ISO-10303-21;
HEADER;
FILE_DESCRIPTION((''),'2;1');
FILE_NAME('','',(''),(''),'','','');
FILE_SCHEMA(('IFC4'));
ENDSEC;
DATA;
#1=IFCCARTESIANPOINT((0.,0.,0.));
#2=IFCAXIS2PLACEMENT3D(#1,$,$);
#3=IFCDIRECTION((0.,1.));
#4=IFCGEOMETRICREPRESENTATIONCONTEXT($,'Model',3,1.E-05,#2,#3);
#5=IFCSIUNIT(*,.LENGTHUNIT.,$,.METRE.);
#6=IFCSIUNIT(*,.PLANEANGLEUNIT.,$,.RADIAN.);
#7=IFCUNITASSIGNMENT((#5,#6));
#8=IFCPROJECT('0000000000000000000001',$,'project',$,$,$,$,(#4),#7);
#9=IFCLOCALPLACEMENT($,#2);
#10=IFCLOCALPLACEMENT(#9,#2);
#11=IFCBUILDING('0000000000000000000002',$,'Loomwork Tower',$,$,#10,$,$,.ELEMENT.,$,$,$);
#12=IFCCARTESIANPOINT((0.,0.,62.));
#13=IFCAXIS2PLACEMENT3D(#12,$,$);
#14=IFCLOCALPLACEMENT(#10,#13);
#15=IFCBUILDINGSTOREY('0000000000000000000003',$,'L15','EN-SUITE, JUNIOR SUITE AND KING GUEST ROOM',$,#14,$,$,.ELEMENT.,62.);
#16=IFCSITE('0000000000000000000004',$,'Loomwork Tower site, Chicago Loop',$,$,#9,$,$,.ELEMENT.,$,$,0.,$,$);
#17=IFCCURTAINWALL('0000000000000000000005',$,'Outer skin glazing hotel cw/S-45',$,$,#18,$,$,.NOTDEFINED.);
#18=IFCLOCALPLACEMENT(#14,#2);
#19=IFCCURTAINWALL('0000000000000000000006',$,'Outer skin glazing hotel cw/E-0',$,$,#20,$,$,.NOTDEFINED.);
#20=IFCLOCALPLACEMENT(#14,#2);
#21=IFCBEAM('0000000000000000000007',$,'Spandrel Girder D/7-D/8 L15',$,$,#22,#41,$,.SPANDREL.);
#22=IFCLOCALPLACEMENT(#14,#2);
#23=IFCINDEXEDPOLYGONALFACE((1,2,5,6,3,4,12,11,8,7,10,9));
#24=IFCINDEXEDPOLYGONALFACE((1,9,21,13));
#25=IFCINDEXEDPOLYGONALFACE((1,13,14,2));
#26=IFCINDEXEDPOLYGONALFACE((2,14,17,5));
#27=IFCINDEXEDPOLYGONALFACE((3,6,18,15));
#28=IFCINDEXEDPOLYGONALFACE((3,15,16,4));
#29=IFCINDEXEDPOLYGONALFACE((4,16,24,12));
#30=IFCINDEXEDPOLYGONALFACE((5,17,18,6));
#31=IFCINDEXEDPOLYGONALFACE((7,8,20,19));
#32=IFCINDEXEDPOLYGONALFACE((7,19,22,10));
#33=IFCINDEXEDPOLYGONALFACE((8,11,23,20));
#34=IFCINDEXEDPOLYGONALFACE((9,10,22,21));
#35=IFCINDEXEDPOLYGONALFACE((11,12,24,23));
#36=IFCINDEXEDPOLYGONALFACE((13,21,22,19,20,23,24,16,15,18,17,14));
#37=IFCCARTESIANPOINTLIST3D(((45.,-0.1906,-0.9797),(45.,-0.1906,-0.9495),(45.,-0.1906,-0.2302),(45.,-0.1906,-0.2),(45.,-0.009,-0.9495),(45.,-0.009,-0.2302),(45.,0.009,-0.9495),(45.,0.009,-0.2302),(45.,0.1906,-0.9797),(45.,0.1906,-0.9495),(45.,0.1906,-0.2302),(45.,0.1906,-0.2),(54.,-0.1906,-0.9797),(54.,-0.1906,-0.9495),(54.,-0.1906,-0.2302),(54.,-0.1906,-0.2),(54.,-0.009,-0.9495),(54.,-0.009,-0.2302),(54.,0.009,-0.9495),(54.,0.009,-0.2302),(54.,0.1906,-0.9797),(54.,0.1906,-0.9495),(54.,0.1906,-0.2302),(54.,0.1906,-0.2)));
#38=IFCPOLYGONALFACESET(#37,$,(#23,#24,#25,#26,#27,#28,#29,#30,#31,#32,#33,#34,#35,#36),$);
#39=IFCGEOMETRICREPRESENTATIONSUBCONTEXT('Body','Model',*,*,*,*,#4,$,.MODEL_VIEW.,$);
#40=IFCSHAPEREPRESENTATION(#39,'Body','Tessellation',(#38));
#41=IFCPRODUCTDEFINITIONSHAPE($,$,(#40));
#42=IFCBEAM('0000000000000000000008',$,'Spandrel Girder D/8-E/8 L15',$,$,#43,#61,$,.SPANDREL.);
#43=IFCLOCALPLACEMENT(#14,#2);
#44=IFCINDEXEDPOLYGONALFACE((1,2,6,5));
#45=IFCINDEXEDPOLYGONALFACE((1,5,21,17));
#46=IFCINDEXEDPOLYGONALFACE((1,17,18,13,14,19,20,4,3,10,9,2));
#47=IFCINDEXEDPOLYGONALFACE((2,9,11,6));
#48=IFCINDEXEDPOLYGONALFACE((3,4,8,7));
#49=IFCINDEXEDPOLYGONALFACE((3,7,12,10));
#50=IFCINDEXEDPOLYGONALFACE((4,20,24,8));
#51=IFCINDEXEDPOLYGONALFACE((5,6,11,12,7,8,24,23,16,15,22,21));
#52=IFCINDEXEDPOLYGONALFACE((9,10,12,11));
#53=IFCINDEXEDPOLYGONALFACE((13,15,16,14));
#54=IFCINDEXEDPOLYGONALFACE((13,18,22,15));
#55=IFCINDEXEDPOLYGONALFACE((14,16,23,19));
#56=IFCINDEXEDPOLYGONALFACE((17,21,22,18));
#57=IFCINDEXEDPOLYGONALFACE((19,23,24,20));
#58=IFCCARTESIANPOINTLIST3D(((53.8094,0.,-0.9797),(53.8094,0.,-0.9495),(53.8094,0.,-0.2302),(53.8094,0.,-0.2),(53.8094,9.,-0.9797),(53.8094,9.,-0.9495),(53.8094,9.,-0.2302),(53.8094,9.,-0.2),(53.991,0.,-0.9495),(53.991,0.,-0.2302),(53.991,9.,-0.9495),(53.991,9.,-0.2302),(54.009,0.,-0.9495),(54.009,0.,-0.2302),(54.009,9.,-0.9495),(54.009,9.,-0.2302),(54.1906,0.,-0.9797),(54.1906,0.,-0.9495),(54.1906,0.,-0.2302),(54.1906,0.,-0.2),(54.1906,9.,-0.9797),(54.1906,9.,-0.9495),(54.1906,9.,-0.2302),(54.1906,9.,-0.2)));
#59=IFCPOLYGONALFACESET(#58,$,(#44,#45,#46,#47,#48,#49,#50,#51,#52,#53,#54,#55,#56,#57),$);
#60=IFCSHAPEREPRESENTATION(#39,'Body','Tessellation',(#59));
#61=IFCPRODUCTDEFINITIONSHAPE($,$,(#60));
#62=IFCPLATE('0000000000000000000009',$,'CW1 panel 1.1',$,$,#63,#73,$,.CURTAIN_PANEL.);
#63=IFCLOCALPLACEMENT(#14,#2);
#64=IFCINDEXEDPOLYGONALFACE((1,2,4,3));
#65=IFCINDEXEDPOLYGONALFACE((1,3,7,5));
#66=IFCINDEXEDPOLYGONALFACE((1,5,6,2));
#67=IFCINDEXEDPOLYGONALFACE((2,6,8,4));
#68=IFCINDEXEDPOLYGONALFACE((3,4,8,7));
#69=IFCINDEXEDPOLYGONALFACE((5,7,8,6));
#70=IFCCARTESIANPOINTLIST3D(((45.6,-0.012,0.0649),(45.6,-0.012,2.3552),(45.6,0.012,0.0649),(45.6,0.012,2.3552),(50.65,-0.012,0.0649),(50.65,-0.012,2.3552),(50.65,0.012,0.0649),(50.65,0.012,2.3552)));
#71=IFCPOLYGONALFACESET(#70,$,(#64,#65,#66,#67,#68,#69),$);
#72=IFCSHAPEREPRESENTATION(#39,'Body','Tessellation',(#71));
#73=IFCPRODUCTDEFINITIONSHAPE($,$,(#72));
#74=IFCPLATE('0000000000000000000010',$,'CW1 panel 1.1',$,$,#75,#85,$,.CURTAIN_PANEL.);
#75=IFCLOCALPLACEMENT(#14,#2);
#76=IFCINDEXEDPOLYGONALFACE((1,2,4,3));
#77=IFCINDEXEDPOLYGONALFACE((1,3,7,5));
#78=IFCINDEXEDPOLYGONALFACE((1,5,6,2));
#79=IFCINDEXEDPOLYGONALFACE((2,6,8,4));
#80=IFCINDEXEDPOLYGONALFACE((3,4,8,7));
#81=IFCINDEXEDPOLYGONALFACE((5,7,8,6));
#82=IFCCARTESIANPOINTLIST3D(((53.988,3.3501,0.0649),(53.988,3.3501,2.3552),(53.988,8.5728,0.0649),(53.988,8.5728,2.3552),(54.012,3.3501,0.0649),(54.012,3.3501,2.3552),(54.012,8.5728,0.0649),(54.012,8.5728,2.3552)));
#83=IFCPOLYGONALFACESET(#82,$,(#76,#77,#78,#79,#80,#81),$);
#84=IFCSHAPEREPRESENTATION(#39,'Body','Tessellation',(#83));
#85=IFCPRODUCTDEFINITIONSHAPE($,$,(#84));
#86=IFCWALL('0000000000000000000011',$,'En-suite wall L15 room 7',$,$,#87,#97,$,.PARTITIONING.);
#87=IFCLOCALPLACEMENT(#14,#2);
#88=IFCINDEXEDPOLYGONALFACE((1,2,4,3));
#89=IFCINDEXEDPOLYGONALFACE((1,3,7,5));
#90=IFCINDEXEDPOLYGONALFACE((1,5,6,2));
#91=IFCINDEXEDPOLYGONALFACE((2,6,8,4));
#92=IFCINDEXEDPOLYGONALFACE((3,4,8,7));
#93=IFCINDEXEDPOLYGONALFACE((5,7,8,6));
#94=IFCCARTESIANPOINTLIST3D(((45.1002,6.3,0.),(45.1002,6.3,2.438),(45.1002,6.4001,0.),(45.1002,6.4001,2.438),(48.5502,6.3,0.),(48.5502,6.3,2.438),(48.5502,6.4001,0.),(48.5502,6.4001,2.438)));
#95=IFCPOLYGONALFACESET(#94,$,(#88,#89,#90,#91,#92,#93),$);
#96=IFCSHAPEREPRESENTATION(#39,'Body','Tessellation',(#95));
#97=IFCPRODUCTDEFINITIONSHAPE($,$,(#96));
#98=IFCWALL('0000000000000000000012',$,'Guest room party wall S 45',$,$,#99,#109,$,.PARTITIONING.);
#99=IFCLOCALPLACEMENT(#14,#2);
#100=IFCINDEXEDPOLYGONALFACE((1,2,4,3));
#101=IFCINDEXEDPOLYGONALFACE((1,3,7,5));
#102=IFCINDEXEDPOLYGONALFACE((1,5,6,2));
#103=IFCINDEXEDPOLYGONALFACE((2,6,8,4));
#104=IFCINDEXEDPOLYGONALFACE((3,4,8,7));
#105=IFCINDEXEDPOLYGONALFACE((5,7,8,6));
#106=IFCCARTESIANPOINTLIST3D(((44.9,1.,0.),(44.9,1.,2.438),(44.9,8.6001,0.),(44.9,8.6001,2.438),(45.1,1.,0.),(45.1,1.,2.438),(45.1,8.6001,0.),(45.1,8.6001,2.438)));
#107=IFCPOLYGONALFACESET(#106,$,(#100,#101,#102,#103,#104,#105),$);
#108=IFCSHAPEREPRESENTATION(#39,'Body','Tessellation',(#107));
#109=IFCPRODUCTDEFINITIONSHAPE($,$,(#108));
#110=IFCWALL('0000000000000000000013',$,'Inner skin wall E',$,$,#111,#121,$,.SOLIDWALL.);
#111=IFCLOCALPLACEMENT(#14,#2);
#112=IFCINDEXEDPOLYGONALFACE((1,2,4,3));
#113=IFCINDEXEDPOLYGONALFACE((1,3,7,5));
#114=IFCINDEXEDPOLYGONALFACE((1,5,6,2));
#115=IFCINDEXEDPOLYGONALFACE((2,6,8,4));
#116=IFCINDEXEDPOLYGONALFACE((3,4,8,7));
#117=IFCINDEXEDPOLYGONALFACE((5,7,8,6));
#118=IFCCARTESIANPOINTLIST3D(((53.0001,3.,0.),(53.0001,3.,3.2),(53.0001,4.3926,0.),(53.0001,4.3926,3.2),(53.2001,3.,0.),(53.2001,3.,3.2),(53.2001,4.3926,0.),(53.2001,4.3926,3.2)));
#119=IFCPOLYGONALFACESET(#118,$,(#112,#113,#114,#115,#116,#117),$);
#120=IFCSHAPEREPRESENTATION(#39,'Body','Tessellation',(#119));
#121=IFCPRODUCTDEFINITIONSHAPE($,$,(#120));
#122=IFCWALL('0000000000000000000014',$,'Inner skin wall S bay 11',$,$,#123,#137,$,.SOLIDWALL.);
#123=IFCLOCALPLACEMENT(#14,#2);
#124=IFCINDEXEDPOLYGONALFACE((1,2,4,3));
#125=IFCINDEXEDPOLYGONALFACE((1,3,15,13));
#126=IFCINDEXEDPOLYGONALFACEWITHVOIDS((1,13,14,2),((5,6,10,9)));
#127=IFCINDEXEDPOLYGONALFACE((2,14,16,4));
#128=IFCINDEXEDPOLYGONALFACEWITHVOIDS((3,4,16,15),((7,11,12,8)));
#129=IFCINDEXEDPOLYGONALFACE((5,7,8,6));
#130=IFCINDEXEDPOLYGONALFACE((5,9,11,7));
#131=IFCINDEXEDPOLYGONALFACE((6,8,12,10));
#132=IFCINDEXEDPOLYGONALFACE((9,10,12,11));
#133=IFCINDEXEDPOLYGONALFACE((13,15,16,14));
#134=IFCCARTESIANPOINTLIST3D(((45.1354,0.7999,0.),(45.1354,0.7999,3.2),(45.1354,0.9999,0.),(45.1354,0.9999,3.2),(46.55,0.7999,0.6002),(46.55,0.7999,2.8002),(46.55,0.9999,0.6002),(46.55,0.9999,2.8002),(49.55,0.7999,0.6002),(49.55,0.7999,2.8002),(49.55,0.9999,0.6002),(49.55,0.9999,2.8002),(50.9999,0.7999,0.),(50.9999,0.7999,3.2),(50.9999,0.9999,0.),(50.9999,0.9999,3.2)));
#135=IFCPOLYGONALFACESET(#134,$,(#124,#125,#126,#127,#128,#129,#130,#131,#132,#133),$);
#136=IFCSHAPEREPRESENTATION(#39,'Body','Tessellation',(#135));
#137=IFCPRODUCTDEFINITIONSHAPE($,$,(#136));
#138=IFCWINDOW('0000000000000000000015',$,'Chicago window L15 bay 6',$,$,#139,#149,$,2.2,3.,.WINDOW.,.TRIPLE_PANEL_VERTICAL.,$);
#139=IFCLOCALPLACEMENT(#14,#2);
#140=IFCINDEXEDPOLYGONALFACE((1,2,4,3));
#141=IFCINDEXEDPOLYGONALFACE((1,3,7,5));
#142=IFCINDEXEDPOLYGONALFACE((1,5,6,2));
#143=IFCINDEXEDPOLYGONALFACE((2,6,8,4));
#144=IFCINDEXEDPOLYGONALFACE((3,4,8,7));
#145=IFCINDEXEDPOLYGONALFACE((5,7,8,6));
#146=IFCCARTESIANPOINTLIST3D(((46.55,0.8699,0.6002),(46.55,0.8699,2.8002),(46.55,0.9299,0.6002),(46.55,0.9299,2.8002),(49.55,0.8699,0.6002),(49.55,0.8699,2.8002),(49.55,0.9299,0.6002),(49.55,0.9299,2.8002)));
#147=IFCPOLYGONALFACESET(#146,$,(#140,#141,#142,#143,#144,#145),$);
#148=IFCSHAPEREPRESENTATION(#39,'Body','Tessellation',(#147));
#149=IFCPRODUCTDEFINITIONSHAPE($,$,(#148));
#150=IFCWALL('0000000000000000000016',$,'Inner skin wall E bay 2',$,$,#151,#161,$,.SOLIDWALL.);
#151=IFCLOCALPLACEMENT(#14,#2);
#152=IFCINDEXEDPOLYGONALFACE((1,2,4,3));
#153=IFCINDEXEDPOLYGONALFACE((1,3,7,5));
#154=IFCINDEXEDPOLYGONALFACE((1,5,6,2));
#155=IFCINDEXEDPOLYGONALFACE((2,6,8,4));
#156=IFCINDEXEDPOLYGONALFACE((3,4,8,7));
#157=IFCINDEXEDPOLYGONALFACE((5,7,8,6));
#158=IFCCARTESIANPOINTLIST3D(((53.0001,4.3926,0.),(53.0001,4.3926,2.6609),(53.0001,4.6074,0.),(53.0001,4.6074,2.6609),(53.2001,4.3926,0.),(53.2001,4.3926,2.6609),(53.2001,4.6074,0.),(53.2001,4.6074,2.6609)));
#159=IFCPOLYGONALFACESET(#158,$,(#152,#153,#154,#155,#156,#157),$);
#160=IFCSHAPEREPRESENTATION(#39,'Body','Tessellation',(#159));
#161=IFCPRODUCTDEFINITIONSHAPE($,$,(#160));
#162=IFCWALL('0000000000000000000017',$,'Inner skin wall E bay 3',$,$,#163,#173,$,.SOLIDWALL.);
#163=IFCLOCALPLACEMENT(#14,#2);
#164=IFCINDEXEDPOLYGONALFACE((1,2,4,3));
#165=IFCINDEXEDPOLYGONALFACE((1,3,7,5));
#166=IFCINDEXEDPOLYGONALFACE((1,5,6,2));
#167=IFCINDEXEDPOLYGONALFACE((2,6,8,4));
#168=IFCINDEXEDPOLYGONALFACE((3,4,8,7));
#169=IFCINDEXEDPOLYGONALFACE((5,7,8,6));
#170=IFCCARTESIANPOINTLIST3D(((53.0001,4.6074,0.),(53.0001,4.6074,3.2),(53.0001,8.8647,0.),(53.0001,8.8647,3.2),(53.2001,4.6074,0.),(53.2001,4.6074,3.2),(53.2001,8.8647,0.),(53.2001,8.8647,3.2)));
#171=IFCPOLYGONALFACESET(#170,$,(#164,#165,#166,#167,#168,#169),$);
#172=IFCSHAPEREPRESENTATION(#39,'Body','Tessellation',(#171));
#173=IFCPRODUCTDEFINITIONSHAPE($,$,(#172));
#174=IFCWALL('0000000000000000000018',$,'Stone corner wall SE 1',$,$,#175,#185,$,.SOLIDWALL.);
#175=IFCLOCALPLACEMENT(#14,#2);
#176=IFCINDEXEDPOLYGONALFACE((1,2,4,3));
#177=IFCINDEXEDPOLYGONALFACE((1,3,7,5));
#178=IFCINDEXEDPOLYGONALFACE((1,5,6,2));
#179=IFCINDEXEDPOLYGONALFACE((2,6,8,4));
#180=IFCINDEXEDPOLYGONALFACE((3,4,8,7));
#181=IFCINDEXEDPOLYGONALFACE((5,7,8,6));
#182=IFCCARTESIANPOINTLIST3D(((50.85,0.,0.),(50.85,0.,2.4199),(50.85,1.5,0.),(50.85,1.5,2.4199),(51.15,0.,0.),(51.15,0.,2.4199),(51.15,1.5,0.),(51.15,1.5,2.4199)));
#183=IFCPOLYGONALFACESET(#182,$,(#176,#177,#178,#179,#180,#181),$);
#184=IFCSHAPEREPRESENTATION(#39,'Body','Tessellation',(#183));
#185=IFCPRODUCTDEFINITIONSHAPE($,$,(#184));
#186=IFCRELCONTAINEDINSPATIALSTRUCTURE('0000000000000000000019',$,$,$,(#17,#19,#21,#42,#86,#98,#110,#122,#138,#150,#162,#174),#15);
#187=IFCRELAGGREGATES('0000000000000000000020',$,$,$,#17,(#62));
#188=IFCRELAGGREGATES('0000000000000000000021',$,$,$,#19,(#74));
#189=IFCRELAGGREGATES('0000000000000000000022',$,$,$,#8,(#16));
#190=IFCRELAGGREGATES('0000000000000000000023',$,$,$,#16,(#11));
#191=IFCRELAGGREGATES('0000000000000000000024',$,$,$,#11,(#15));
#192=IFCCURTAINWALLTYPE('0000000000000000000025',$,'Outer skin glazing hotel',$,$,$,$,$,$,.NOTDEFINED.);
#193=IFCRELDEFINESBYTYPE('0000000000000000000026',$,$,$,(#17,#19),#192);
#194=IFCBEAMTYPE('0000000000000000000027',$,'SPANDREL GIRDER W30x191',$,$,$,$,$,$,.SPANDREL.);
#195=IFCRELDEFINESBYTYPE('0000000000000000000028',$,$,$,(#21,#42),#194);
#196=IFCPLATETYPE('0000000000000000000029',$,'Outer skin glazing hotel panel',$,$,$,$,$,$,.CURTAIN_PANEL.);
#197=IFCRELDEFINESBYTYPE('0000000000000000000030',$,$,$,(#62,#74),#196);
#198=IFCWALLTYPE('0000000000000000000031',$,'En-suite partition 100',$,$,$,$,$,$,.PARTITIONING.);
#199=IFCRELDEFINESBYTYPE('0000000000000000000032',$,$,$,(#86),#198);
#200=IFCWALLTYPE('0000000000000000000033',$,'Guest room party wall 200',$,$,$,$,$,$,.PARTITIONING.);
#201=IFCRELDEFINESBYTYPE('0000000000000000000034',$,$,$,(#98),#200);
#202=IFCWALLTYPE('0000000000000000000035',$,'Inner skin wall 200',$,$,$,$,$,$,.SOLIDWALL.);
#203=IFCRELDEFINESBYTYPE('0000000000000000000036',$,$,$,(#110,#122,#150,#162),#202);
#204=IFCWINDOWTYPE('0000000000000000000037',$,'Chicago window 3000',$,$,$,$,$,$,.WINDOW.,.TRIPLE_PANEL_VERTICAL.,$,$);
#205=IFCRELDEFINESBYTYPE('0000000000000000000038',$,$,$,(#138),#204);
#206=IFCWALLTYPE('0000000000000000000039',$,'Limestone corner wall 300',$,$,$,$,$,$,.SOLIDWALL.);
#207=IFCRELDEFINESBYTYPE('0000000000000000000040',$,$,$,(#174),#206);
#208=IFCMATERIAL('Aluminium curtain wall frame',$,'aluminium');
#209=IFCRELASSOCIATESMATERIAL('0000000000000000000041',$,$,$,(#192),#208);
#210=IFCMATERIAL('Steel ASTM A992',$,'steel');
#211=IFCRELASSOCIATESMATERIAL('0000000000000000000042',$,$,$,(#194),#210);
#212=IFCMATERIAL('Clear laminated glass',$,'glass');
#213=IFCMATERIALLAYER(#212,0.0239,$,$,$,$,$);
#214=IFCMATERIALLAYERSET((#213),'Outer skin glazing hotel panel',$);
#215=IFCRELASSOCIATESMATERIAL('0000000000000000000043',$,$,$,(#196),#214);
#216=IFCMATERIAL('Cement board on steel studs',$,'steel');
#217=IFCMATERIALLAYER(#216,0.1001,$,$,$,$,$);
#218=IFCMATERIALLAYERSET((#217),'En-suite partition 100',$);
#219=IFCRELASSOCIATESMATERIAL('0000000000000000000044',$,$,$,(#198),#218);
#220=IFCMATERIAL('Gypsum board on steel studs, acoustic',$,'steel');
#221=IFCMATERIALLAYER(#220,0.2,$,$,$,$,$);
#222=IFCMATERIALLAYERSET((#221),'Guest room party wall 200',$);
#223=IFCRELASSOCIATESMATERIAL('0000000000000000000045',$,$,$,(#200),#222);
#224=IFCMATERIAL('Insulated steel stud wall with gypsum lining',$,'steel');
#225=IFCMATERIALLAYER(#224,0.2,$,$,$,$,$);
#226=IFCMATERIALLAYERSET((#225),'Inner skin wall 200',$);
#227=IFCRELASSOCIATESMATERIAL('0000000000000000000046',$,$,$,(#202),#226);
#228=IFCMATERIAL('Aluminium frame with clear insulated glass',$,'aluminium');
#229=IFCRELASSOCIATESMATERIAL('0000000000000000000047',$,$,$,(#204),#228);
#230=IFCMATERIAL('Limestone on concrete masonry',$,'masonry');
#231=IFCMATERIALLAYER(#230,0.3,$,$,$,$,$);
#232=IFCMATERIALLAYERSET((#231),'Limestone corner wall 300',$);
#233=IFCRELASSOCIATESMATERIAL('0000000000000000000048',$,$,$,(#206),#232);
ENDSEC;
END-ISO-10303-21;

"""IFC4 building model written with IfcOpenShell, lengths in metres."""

from ifc_helpers import new_model, si_unit, direction, frame, frame_2d, origin, origin_2d, place, context, subcontext, project, spatial, rectangle, i_section, extrude, material, layer, layer_set, material_profile, profile_set, type_object, element, fill, aggregate, save


model = new_model("IFC4")

# Units and contexts
model_context = context("Model", 3, precision=1e-05, world=origin(), true_north=direction((0.0, 1.0)))
body_context = subcontext(model_context, "Body", "Model", "MODEL_VIEW")
ifc_project = project(units=[si_unit("LENGTHUNIT", "METRE"), si_unit("PLANEANGLEUNIT", "RADIAN")], contexts=[model_context])

# Site, building, storey
site_placement = place(None, origin())
site = spatial("IfcSite", under=ifc_project, at=site_placement, Name="Loomwork Tower site, Chicago Loop", CompositionType="ELEMENT", RefElevation=0.0)
building_placement = place(site_placement, origin())
building = spatial("IfcBuilding", under=site, at=building_placement, Name="Loomwork Tower", CompositionType="ELEMENT")
storey_placement = place(building_placement, frame((0.0, 0.0, 62.0)))
storey = spatial("IfcBuildingStorey", under=building, at=storey_placement, Name="L15", Description="EN-SUITE, JUNIOR SUITE AND KING GUEST ROOM", CompositionType="ELEMENT", Elevation=62.0)

# Curtain wall
ifc_material_1 = material(Name="Aluminium curtain wall frame", Category="aluminium")
curtain_wall_type = type_object("IfcCurtainWallType", Name="Outer skin glazing hotel", PredefinedType="NOTDEFINED", material=ifc_material_1)
curtain_wall_1_placement = place(storey_placement, origin())
curtain_wall_1 = element("IfcCurtainWall", 1, at=curtain_wall_1_placement, inside=storey, type_object=curtain_wall_type, Name="Outer skin glazing hotel cw/S-45", PredefinedType="NOTDEFINED")

# Curtain wall
curtain_wall_2_placement = place(storey_placement, origin())
curtain_wall_2 = element("IfcCurtainWall", 2, at=curtain_wall_2_placement, inside=storey, type_object=curtain_wall_type, Name="Outer skin glazing hotel cw/E-0", PredefinedType="NOTDEFINED")

# Beams
ifc_material_2 = material(Name="Steel ASTM A992", Category="steel")
ifc_material_profile_1 = material_profile(ifc_material_2, i_section(OverallWidth=0.3811, OverallDepth=0.7798, WebThickness=0.0181, FlangeThickness=0.0303, at=origin_2d()), Name="W30x191")
ifc_profile_set_1 = profile_set([ifc_material_profile_1], Name="Steel ASTM A992")
beam_type_1 = type_object("IfcBeamType", Name="SPANDREL GIRDER W30x191", PredefinedType="SPANDREL", material=ifc_profile_set_1)
for number, where, z_axis, x_axis, name in (
    (3, (45.0, 0.0, -0.5898), (1.0, 0.0, 0.0), (0.0, 1.0, 0.0), "Spandrel Girder D/7-D/8 L15"),
    (4, (54.0, 0.0, -0.5898), (0.0, 1.0, 0.0), (-1.0, 0.0, 0.0), "Spandrel Girder D/8-E/8 L15"),
):
    element("IfcBeam", number, at=place(storey_placement, frame(where, z_axis=z_axis, x_axis=x_axis)), inside=storey, type_object=beam_type_1, Name=name, PredefinedType="SPANDREL", context=body_context, shape_type="SweptSolid", body=[
        extrude(i_section(OverallWidth=0.3811, OverallDepth=0.7798, WebThickness=0.0181, FlangeThickness=0.0303, at=origin_2d()), origin(), (0.0, 0.0, 1.0), 9.0),
    ])

# Plates
ifc_material_3 = material(Name="Clear laminated glass", Category="glass")
ifc_layer_1 = layer(ifc_material_3, 0.0239)
ifc_layer_set_1 = layer_set([ifc_layer_1], Name="Outer skin glazing hotel panel")
plate_type = type_object("IfcPlateType", Name="Outer skin glazing hotel panel", PredefinedType="CURTAIN_PANEL", material=ifc_layer_set_1)
plate_1_placement = place(storey_placement, frame((48.125, 0.0, 0.0649), z_axis=(0.0, 0.0, 1.0), x_axis=(1.0, 0.0, 0.0)))
plate_1 = element("IfcPlate", 5, at=plate_1_placement, type_object=plate_type, Name="CW1 panel 1.1", PredefinedType="CURTAIN_PANEL", context=body_context, shape_type="SweptSolid", body=[
    extrude(rectangle(XDim=5.05, YDim=0.0239, at=origin_2d()), origin(), (0.0, 0.0, 1.0), 2.2903),
])
aggregate(curtain_wall_1, [plate_1])
plate_2_placement = place(storey_placement, frame((54.0, 5.9614, 0.0649), z_axis=(0.0, 0.0, 1.0), x_axis=(0.0, 1.0, 0.0)))
plate_2 = element("IfcPlate", 6, at=plate_2_placement, type_object=plate_type, Name="CW1 panel 1.1", PredefinedType="CURTAIN_PANEL", context=body_context, shape_type="SweptSolid", body=[
    extrude(rectangle(XDim=5.2227, YDim=0.0239, at=origin_2d()), origin(), (0.0, 0.0, 1.0), 2.2903),
])
aggregate(curtain_wall_2, [plate_2])

# Walls
ifc_material_4 = material(Name="Cement board on steel studs", Category="steel")
ifc_layer_2 = layer(ifc_material_4, 0.1001)
ifc_layer_set_2 = layer_set([ifc_layer_2], Name="En-suite partition 100")
wall_type_1 = type_object("IfcWallType", Name="En-suite partition 100", PredefinedType="PARTITIONING", material=ifc_layer_set_2)
wall_1_placement = place(storey_placement, frame((45.1001, 6.3501, 0.0), z_axis=(0.0, 0.0, 1.0), x_axis=(1.0, 0.0, 0.0)))
element("IfcWall", 7, at=wall_1_placement, inside=storey, type_object=wall_type_1, Name="En-suite wall L15 room 7", PredefinedType="PARTITIONING", context=body_context, shape_type="SweptSolid", body=[
    extrude(rectangle(XDim=3.45, YDim=0.1001, at=frame_2d((1.7251, 0.0))), origin(), (0.0, 0.0, 1.0), 2.438),
])
ifc_material_5 = material(Name="Gypsum board on steel studs, acoustic", Category="steel")
ifc_layer_3 = layer(ifc_material_5, 0.2)
ifc_layer_set_3 = layer_set([ifc_layer_3], Name="Guest room party wall 200")
wall_type_2 = type_object("IfcWallType", Name="Guest room party wall 200", PredefinedType="PARTITIONING", material=ifc_layer_set_3)
wall_2_placement = place(storey_placement, frame((45.0, 8.6001, 0.0), z_axis=(0.0, 0.0, 1.0), x_axis=(0.0, -1.0, 0.0)))
element("IfcWall", 8, at=wall_2_placement, inside=storey, type_object=wall_type_2, Name="Guest room party wall S 45", PredefinedType="PARTITIONING", context=body_context, shape_type="SweptSolid", body=[
    extrude(rectangle(XDim=7.6001, YDim=0.2, at=frame_2d((3.8, 0.0))), origin(), (0.0, 0.0, 1.0), 2.438),
])
ifc_material_6 = material(Name="Insulated steel stud wall with gypsum lining", Category="steel")
ifc_layer_4 = layer(ifc_material_6, 0.2)
ifc_layer_set_4 = layer_set([ifc_layer_4], Name="Inner skin wall 200")
wall_type_3 = type_object("IfcWallType", Name="Inner skin wall 200", PredefinedType="SOLIDWALL", material=ifc_layer_set_4)
wall_3_placement = place(storey_placement, frame((53.1001, 3.0, 0.0), z_axis=(0.0, 0.0, 1.0), x_axis=(0.0, 1.0, 0.0)))
element("IfcWall", 9, at=wall_3_placement, inside=storey, type_object=wall_type_3, Name="Inner skin wall E", PredefinedType="SOLIDWALL", context=body_context, shape_type="SweptSolid", body=[
    extrude(rectangle(XDim=1.3926, YDim=0.2, at=frame_2d((0.6963, 0.0))), origin(), (0.0, 0.0, 1.0), 3.2),
])

# Wall, opening, window
wall_4_placement = place(storey_placement, frame((45.1355, 0.8999, 0.0), z_axis=(0.0, 0.0, 1.0), x_axis=(1.0, 0.0, 0.0)))
wall_4 = element("IfcWall", 10, at=wall_4_placement, inside=storey, type_object=wall_type_3, Name="Inner skin wall S bay 11", PredefinedType="SOLIDWALL", context=body_context, shape_type="SweptSolid", body=[
    extrude(rectangle(XDim=5.8645, YDim=0.2, at=frame_2d((2.9321, 0.0))), origin(), (0.0, 0.0, 1.0), 3.2),
])
opening_1_placement = place(wall_4_placement, frame((1.4146, 0.0, 0.6001)))
opening_1 = element("IfcOpeningElement", 11, at=opening_1_placement, cuts=wall_4, PredefinedType="OPENING", context=body_context, shape_type="SweptSolid", body=[
    extrude(rectangle(XDim=3.0, YDim=2.2, at=frame_2d((1.5, 1.1001))), frame((0.0, 0.1099, 0.0), z_axis=(0.0, -1.0, 0.0), x_axis=(1.0, 0.0, 0.0)), (0.0, 0.0, 1.0), 0.22),
])
ifc_material_7 = material(Name="Aluminium frame with clear insulated glass", Category="aluminium")
window_type_1 = type_object("IfcWindowType", Name="Chicago window 3000", PartitioningType="TRIPLE_PANEL_VERTICAL", PredefinedType="WINDOW", material=ifc_material_7)
window_1_placement = place(opening_1_placement, origin())
window_1 = element("IfcWindow", 12, at=window_1_placement, inside=storey, type_object=window_type_1, Name="Chicago window L15 bay 6", OverallHeight=2.2, OverallWidth=3.0, PartitioningType="TRIPLE_PANEL_VERTICAL", PredefinedType="WINDOW", context=body_context, shape_type="SweptSolid", body=[
    extrude(rectangle(XDim=3.0, YDim=2.2, at=frame_2d((1.5, 1.1001))), frame((0.0, 0.03, 0.0), z_axis=(0.0, -1.0, 0.0), x_axis=(1.0, 0.0, 0.0)), (0.0, 0.0, 1.0), 0.0601),
])
fill(opening_1, window_1)

# Walls
wall_5_placement = place(storey_placement, frame((53.1001, 4.3926, 0.0), z_axis=(0.0, 0.0, 1.0), x_axis=(0.0, 1.0, 0.0)))
element("IfcWall", 13, at=wall_5_placement, inside=storey, type_object=wall_type_3, Name="Inner skin wall E bay 2", PredefinedType="SOLIDWALL", context=body_context, shape_type="SweptSolid", body=[
    extrude(rectangle(XDim=0.2148, YDim=0.2, at=frame_2d((0.1074, 0.0))), origin(), (0.0, 0.0, 1.0), 2.6609),
])
wall_6_placement = place(storey_placement, frame((53.1001, 4.6074, 0.0), z_axis=(0.0, 0.0, 1.0), x_axis=(0.0, 1.0, 0.0)))
element("IfcWall", 14, at=wall_6_placement, inside=storey, type_object=wall_type_3, Name="Inner skin wall E bay 3", PredefinedType="SOLIDWALL", context=body_context, shape_type="SweptSolid", body=[
    extrude(rectangle(XDim=4.2573, YDim=0.2, at=frame_2d((2.1287, 0.0))), origin(), (0.0, 0.0, 1.0), 3.2),
])
ifc_material_8 = material(Name="Limestone on concrete masonry", Category="masonry")
ifc_layer_5 = layer(ifc_material_8, 0.3)
ifc_layer_set_5 = layer_set([ifc_layer_5], Name="Limestone corner wall 300")
wall_type_4 = type_object("IfcWallType", Name="Limestone corner wall 300", PredefinedType="SOLIDWALL", material=ifc_layer_set_5)
wall_7_placement = place(storey_placement, frame((51.0, 0.0, 0.0), z_axis=(0.0, 0.0, 1.0), x_axis=(0.0, 1.0, 0.0)))
element("IfcWall", 15, at=wall_7_placement, inside=storey, type_object=wall_type_4, Name="Stone corner wall SE 1", PredefinedType="SOLIDWALL", context=body_context, shape_type="SweptSolid", body=[
    extrude(rectangle(XDim=1.5, YDim=0.3, at=frame_2d((0.75, 0.0))), origin(), (0.0, 0.0, 1.0), 2.4199),
])

save(model, "model.ifc")
